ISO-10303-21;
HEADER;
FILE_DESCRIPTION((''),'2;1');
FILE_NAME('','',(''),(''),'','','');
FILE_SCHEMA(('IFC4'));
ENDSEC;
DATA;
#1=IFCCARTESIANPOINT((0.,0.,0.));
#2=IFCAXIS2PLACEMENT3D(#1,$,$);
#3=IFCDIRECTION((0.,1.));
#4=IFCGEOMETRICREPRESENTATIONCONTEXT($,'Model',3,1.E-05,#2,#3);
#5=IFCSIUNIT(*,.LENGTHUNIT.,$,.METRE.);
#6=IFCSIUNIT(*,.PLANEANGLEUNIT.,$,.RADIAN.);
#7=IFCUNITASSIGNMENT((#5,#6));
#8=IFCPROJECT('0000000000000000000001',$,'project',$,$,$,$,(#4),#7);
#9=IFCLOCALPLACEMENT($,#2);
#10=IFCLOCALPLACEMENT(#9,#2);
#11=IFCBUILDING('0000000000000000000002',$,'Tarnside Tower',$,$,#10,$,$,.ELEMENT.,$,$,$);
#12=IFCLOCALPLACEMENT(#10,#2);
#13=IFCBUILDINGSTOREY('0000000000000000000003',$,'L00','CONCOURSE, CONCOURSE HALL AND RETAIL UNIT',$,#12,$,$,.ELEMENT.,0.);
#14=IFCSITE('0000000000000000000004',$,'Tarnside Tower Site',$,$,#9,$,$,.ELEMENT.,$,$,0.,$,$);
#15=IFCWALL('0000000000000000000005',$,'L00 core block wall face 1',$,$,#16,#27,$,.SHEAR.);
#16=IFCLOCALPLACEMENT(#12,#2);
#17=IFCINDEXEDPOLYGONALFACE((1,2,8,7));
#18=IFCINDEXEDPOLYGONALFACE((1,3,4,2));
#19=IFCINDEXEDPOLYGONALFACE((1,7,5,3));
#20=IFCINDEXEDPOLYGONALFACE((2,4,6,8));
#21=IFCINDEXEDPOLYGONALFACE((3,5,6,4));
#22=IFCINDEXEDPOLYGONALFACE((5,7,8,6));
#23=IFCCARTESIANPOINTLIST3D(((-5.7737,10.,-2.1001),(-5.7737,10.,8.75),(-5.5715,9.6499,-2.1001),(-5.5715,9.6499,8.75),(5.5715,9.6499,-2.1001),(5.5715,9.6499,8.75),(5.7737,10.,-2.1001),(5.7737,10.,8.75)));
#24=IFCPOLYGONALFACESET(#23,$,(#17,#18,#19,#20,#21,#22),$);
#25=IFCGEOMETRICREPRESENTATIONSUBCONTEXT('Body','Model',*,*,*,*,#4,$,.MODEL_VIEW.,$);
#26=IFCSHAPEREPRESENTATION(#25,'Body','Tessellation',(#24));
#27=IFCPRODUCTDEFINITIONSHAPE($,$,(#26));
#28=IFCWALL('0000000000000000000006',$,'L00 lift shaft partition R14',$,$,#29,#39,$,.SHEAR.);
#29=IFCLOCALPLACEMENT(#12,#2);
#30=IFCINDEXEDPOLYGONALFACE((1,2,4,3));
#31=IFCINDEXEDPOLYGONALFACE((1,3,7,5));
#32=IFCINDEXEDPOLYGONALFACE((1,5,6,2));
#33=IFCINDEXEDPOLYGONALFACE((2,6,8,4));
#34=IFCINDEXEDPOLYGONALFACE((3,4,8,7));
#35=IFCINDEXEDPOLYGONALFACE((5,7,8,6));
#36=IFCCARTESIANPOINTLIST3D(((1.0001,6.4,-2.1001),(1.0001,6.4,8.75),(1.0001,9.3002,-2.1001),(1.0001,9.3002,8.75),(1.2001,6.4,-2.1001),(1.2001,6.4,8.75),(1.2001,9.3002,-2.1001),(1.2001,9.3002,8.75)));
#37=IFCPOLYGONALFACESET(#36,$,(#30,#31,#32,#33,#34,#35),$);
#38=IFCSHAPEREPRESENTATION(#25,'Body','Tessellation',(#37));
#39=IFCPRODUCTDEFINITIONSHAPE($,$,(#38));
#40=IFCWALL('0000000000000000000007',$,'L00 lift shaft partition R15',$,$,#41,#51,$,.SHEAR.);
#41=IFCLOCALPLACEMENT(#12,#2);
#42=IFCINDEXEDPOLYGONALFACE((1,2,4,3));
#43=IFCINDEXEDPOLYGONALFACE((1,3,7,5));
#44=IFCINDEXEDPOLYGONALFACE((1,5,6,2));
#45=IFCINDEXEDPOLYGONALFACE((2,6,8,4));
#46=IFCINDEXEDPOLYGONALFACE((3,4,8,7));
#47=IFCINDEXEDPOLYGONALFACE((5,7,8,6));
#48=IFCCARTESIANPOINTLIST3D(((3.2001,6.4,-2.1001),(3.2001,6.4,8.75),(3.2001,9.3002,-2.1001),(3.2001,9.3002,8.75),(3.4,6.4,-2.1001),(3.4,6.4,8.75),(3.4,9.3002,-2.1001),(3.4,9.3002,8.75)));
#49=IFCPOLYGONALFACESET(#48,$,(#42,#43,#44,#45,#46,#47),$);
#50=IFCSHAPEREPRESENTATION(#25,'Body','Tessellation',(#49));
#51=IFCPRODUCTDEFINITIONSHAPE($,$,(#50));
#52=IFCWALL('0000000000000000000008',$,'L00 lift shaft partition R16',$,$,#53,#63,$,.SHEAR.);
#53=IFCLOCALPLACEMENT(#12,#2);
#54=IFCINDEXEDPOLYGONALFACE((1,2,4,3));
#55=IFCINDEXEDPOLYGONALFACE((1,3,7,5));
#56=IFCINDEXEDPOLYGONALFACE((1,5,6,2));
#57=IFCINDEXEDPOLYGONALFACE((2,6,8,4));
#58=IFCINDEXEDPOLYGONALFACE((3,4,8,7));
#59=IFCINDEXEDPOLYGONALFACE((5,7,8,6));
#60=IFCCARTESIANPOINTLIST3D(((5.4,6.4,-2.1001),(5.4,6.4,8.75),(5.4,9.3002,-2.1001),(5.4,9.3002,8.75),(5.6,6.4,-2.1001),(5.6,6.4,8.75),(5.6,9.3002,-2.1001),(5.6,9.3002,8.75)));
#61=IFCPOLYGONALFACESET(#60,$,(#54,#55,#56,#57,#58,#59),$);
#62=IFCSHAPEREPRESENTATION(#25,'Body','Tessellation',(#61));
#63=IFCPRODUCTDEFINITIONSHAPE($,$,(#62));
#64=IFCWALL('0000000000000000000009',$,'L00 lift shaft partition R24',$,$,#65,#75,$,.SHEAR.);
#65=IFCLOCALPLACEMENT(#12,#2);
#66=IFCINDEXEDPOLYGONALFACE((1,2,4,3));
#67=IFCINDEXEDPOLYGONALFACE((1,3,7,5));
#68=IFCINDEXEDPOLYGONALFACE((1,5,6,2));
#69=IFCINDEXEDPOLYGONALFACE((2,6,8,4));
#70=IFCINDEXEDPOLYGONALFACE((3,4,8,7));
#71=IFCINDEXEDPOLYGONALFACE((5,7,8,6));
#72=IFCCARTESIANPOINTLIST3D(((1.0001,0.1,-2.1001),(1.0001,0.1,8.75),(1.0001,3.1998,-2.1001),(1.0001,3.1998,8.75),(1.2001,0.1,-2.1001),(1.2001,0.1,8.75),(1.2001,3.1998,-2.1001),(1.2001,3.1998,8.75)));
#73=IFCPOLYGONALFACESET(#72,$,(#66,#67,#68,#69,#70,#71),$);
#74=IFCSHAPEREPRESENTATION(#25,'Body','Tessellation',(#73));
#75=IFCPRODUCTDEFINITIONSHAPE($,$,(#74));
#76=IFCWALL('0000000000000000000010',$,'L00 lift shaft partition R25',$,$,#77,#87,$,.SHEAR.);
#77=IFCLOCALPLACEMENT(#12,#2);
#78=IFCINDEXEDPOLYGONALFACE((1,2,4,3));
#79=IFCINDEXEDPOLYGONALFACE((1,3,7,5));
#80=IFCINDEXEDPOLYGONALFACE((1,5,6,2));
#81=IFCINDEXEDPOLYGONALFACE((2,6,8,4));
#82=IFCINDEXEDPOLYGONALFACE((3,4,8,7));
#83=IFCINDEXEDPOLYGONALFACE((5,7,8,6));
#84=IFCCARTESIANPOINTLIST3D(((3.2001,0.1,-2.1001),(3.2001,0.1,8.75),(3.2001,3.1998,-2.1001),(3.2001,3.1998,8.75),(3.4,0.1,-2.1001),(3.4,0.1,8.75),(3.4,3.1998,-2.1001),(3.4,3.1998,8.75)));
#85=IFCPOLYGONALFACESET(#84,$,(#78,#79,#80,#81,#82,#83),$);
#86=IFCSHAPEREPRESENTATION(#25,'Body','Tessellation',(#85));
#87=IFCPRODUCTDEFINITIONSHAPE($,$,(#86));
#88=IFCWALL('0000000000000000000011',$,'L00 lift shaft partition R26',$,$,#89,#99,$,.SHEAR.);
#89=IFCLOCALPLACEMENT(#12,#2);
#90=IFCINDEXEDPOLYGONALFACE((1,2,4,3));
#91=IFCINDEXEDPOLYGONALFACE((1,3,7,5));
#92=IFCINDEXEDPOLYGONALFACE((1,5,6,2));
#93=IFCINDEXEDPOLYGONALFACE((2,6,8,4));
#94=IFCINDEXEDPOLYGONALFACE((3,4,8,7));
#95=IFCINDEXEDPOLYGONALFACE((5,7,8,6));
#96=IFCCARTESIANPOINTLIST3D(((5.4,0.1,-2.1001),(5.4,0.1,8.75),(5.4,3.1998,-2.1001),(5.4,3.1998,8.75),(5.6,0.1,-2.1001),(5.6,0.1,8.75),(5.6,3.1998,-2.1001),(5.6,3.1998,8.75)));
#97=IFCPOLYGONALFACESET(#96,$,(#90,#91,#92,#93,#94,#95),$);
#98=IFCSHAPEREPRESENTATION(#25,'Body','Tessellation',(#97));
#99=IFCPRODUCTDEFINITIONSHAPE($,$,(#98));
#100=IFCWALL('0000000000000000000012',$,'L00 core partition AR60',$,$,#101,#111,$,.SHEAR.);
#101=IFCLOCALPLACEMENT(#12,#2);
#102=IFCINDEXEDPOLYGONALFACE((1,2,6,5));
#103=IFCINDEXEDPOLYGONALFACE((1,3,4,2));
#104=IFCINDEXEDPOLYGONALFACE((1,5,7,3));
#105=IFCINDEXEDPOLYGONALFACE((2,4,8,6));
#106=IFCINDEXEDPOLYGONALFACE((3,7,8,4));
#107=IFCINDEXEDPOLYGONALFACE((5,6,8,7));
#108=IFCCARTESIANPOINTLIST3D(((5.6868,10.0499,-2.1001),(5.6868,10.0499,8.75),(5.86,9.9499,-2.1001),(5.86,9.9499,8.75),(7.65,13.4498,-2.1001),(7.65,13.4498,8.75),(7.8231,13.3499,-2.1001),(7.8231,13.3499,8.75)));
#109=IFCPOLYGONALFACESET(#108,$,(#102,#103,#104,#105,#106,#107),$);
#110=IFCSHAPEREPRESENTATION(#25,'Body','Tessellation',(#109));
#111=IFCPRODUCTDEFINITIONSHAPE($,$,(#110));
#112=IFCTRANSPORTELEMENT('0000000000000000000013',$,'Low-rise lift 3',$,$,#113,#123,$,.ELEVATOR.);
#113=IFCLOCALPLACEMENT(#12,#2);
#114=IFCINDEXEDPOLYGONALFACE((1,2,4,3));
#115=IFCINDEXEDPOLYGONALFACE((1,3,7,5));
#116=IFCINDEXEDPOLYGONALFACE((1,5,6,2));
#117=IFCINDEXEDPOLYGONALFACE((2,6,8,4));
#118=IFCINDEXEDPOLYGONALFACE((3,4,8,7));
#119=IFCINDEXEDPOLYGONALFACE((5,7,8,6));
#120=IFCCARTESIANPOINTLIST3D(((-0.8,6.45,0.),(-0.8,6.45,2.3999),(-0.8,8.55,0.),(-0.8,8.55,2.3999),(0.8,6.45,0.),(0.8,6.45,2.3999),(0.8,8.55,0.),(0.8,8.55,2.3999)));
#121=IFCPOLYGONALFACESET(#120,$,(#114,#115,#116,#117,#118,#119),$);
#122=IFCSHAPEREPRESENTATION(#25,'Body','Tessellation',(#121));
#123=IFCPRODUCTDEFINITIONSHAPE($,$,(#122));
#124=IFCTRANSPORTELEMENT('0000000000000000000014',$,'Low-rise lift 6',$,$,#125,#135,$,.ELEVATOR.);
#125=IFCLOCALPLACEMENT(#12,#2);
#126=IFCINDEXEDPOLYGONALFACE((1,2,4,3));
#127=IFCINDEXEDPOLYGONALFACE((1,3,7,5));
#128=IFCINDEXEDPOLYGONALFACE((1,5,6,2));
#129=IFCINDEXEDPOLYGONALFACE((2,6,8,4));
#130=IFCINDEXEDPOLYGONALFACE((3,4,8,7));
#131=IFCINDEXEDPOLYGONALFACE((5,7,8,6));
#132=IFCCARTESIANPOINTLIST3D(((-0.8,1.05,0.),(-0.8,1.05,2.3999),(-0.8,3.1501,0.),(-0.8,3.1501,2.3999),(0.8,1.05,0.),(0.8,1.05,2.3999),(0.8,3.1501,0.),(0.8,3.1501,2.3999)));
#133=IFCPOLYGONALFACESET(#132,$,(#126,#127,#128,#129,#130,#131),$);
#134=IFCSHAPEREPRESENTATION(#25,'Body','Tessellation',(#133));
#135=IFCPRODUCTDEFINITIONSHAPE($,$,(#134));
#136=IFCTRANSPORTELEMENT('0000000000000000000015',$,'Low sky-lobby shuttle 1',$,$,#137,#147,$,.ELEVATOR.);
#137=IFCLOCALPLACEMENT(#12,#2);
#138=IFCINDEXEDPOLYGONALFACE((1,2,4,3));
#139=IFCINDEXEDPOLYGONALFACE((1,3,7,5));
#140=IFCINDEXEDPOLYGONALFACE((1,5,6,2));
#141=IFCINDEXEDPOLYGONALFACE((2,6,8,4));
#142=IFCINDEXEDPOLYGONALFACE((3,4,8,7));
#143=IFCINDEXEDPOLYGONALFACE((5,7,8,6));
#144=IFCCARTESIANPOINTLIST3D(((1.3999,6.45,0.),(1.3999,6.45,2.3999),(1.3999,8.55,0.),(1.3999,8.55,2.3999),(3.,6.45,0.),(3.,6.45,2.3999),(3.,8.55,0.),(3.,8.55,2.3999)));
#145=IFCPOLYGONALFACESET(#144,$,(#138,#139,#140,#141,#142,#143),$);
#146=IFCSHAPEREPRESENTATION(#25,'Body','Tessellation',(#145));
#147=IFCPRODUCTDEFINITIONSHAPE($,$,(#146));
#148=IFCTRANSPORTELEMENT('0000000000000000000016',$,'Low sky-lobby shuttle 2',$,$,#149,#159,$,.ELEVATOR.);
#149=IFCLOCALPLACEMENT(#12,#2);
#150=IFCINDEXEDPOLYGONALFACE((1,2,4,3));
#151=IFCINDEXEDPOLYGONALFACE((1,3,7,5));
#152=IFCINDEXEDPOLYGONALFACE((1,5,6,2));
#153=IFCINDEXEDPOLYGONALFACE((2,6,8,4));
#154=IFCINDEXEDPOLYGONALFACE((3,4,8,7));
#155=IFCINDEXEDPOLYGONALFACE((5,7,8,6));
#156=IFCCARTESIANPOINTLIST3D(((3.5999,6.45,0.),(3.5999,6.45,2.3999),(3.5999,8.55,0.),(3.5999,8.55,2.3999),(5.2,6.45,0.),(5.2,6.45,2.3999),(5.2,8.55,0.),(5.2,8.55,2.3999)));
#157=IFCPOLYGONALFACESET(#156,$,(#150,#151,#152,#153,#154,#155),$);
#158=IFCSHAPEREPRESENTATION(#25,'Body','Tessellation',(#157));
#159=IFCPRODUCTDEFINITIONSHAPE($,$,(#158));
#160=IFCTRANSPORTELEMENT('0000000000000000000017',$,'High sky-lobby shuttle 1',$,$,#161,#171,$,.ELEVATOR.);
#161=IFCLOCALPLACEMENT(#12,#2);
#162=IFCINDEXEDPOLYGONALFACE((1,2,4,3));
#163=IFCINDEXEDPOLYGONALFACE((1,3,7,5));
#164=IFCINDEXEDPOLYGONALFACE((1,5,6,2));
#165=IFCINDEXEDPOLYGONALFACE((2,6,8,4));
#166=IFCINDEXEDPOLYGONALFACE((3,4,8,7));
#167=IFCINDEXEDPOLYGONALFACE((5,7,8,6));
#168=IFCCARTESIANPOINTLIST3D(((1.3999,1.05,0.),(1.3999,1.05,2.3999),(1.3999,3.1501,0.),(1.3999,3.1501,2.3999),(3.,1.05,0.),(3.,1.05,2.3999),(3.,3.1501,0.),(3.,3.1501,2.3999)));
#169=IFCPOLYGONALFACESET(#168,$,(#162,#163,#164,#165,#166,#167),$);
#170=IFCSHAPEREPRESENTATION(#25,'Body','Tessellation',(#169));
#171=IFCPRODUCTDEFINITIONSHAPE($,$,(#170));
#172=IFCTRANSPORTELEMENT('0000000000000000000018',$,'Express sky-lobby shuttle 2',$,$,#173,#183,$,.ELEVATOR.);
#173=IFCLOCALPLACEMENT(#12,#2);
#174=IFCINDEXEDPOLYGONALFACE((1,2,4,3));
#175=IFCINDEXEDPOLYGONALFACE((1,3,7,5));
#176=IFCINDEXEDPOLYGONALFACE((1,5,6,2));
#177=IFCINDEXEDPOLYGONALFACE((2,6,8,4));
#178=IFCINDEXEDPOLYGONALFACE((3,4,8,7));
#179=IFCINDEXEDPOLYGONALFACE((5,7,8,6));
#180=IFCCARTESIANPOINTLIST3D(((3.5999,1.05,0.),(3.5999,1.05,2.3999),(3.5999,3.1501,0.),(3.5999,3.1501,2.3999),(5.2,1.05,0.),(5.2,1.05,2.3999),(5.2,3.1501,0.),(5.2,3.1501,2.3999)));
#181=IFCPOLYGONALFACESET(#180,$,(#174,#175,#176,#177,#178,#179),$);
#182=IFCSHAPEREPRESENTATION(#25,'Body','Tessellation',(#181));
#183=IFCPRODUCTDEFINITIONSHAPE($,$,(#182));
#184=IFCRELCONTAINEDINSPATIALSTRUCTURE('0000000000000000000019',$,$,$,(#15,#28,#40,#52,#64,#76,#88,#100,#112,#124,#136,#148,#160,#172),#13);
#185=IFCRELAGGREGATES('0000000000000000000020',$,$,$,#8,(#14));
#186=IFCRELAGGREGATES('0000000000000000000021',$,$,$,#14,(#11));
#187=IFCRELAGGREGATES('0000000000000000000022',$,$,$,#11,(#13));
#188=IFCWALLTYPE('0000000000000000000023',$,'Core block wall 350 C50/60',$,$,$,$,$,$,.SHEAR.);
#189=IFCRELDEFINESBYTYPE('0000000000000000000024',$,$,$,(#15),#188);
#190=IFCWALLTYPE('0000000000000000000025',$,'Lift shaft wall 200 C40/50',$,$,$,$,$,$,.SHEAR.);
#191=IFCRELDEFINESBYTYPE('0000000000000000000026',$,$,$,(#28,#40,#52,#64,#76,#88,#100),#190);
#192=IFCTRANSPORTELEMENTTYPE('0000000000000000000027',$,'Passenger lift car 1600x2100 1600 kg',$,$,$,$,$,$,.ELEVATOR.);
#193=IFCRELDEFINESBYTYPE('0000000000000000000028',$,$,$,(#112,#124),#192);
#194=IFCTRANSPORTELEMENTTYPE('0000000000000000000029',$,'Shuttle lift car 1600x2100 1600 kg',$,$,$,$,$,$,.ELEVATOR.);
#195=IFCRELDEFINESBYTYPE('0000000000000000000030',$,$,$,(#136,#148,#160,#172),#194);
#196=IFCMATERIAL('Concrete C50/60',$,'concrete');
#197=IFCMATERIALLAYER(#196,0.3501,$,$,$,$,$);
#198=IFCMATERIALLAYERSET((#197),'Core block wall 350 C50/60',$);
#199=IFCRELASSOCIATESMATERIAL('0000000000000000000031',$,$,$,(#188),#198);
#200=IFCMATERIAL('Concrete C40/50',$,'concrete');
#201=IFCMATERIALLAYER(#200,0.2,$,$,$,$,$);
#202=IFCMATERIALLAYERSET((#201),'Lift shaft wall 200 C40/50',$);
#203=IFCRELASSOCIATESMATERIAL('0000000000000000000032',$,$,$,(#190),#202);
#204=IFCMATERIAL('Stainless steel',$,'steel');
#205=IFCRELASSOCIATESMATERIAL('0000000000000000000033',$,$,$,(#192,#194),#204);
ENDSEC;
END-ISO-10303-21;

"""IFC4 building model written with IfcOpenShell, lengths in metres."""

from ifc_helpers import new_model, si_unit, direction, frame, frame_2d, origin, origin_2d, place, context, subcontext, project, spatial, polyline, rectangle, outline, extrude, material, layer, layer_set, type_object, element, save


model = new_model("IFC4")

# Units and contexts
model_context = context("Model", 3, precision=1e-05, world=origin(), true_north=direction((0.0, 1.0)))
body_context = subcontext(model_context, "Body", "Model", "MODEL_VIEW")
ifc_project = project(units=[si_unit("LENGTHUNIT", "METRE"), si_unit("PLANEANGLEUNIT", "RADIAN")], contexts=[model_context])

# Site, building, storey
site_placement = place(None, origin())
site = spatial("IfcSite", under=ifc_project, at=site_placement, Name="Tarnside Tower Site", CompositionType="ELEMENT", RefElevation=0.0)
building_placement = place(site_placement, origin())
building = spatial("IfcBuilding", under=site, at=building_placement, Name="Tarnside Tower", CompositionType="ELEMENT")
storey_placement = place(building_placement, origin())
storey = spatial("IfcBuildingStorey", under=building, at=storey_placement, Name="L00", Description="CONCOURSE, CONCOURSE HALL AND RETAIL UNIT", CompositionType="ELEMENT", Elevation=0.0)

# Shared definitions
ifc_material_1 = material(Name="Concrete C40/50", Category="concrete")

# Walls
ifc_material_2 = material(Name="Concrete C50/60", Category="concrete")
ifc_layer_1 = layer(ifc_material_2, 0.3501)
ifc_layer_set_1 = layer_set([ifc_layer_1], Name="Core block wall 350 C50/60")
wall_type_1 = type_object("IfcWallType", Name="Core block wall 350 C50/60", PredefinedType="SHEAR", material=ifc_layer_set_1)
wall_1_placement = place(storey_placement, frame((5.6726, 9.825, -2.1001), z_axis=(0.0, 0.0, 1.0), x_axis=(-1.0, 0.0, 0.0)))
element("IfcWall", 1, at=wall_1_placement, inside=storey, type_object=wall_type_1, Name="L00 core block wall face 1", PredefinedType="SHEAR", context=body_context, shape_type="SweptSolid", body=[
    extrude(outline(polyline([(-0.1011, -0.175), (11.4463, -0.175), (11.2441, 0.175), (0.1011, 0.175), (-0.1011, -0.175)])), origin(), (0.0, 0.0, 1.0), 10.8501),
])
ifc_layer_2 = layer(ifc_material_1, 0.2)
ifc_layer_set_2 = layer_set([ifc_layer_2], Name="Lift shaft wall 200 C40/50")
wall_type_2 = type_object("IfcWallType", Name="Lift shaft wall 200 C40/50", PredefinedType="SHEAR", material=ifc_layer_set_2)
for number, where, z_axis, x_axis, name in (
    (2, (1.1001, 6.3999, -2.1001), (0.0, 0.0, 1.0), (0.0, 1.0, 0.0), "L00 lift shaft partition R14"),
    (3, (3.3, 6.3999, -2.1001), (0.0, 0.0, 1.0), (0.0, 1.0, 0.0), "L00 lift shaft partition R15"),
    (4, (5.5, 6.3999, -2.1001), (0.0, 0.0, 1.0), (0.0, 1.0, 0.0), "L00 lift shaft partition R16"),
):
    element("IfcWall", number, at=place(storey_placement, frame(where, z_axis=z_axis, x_axis=x_axis)), inside=storey, type_object=wall_type_2, Name=name, PredefinedType="SHEAR", context=body_context, shape_type="SweptSolid", body=[
        extrude(rectangle(XDim=2.9001, YDim=0.2, at=frame_2d((1.4502, 0.0))), origin(), (0.0, 0.0, 1.0), 10.8501),
    ])
for number, where, z_axis, x_axis, name in (
    (5, (1.1001, 0.1001, -2.1001), (0.0, 0.0, 1.0), (0.0, 1.0, 0.0), "L00 lift shaft partition R24"),
    (6, (3.3, 0.1001, -2.1001), (0.0, 0.0, 1.0), (0.0, 1.0, 0.0), "L00 lift shaft partition R25"),
    (7, (5.5, 0.1001, -2.1001), (0.0, 0.0, 1.0), (0.0, 1.0, 0.0), "L00 lift shaft partition R26"),
):
    element("IfcWall", number, at=place(storey_placement, frame(where, z_axis=z_axis, x_axis=x_axis)), inside=storey, type_object=wall_type_2, Name=name, PredefinedType="SHEAR", context=body_context, shape_type="SweptSolid", body=[
        extrude(rectangle(XDim=3.0999, YDim=0.2, at=frame_2d((1.5498, 0.0))), origin(), (0.0, 0.0, 1.0), 10.8501),
    ])
wall_2_placement = place(storey_placement, frame((5.7734, 10.0, -2.1001), z_axis=(0.0, 0.0, 1.0), x_axis=(0.500038, 0.866003, 0.0)))
element("IfcWall", 8, at=wall_2_placement, inside=storey, type_object=wall_type_2, Name="L00 core partition AR60", PredefinedType="SHEAR", context=body_context, shape_type="SweptSolid", body=[
    extrude(rectangle(XDim=3.926, YDim=0.2, at=frame_2d((1.9629, 0.0))), origin(), (0.0, 0.0, 1.0), 10.8501),
])

# Transport elements
ifc_material_3 = material(Name="Stainless steel", Category="steel")
transport_element_type_1 = type_object("IfcTransportElementType", Name="Passenger lift car 1600x2100 1600 kg", PredefinedType="ELEVATOR", material=ifc_material_3)
for number, where, z_axis, x_axis, name in (
    (9, (0.0, 7.5, 0.0), (0.0, 0.0, 1.0), (1.0, 0.0, 0.0), "Low-rise lift 3"),
    (10, (0.0, 2.1001, 0.0), (0.0, 0.0, 1.0), (1.0, 0.0, 0.0), "Low-rise lift 6"),
):
    element("IfcTransportElement", number, at=place(storey_placement, frame(where, z_axis=z_axis, x_axis=x_axis)), inside=storey, type_object=transport_element_type_1, Name=name, PredefinedType="ELEVATOR", context=body_context, shape_type="SweptSolid", body=[
        extrude(rectangle(XDim=1.6001, YDim=2.1001, at=origin_2d()), origin(), (0.0, 0.0, 1.0), 2.3999),
    ])
transport_element_type_2 = type_object("IfcTransportElementType", Name="Shuttle lift car 1600x2100 1600 kg", PredefinedType="ELEVATOR", material=ifc_material_3)
for number, where, z_axis, x_axis, name in (
    (11, (2.2, 7.5, 0.0), (0.0, 0.0, 1.0), (1.0, 0.0, 0.0), "Low sky-lobby shuttle 1"),
    (12, (4.3999, 7.5, 0.0), (0.0, 0.0, 1.0), (1.0, 0.0, 0.0), "Low sky-lobby shuttle 2"),
    (13, (2.2, 2.1001, 0.0), (0.0, 0.0, 1.0), (1.0, 0.0, 0.0), "High sky-lobby shuttle 1"),
    (14, (4.3999, 2.1001, 0.0), (0.0, 0.0, 1.0), (1.0, 0.0, 0.0), "Express sky-lobby shuttle 2"),
):
    element("IfcTransportElement", number, at=place(storey_placement, frame(where, z_axis=z_axis, x_axis=x_axis)), inside=storey, type_object=transport_element_type_2, Name=name, PredefinedType="ELEVATOR", context=body_context, shape_type="SweptSolid", body=[
        extrude(rectangle(XDim=1.6001, YDim=2.1001, at=origin_2d()), origin(), (0.0, 0.0, 1.0), 2.3999),
    ])

save(model, "model.ifc")
